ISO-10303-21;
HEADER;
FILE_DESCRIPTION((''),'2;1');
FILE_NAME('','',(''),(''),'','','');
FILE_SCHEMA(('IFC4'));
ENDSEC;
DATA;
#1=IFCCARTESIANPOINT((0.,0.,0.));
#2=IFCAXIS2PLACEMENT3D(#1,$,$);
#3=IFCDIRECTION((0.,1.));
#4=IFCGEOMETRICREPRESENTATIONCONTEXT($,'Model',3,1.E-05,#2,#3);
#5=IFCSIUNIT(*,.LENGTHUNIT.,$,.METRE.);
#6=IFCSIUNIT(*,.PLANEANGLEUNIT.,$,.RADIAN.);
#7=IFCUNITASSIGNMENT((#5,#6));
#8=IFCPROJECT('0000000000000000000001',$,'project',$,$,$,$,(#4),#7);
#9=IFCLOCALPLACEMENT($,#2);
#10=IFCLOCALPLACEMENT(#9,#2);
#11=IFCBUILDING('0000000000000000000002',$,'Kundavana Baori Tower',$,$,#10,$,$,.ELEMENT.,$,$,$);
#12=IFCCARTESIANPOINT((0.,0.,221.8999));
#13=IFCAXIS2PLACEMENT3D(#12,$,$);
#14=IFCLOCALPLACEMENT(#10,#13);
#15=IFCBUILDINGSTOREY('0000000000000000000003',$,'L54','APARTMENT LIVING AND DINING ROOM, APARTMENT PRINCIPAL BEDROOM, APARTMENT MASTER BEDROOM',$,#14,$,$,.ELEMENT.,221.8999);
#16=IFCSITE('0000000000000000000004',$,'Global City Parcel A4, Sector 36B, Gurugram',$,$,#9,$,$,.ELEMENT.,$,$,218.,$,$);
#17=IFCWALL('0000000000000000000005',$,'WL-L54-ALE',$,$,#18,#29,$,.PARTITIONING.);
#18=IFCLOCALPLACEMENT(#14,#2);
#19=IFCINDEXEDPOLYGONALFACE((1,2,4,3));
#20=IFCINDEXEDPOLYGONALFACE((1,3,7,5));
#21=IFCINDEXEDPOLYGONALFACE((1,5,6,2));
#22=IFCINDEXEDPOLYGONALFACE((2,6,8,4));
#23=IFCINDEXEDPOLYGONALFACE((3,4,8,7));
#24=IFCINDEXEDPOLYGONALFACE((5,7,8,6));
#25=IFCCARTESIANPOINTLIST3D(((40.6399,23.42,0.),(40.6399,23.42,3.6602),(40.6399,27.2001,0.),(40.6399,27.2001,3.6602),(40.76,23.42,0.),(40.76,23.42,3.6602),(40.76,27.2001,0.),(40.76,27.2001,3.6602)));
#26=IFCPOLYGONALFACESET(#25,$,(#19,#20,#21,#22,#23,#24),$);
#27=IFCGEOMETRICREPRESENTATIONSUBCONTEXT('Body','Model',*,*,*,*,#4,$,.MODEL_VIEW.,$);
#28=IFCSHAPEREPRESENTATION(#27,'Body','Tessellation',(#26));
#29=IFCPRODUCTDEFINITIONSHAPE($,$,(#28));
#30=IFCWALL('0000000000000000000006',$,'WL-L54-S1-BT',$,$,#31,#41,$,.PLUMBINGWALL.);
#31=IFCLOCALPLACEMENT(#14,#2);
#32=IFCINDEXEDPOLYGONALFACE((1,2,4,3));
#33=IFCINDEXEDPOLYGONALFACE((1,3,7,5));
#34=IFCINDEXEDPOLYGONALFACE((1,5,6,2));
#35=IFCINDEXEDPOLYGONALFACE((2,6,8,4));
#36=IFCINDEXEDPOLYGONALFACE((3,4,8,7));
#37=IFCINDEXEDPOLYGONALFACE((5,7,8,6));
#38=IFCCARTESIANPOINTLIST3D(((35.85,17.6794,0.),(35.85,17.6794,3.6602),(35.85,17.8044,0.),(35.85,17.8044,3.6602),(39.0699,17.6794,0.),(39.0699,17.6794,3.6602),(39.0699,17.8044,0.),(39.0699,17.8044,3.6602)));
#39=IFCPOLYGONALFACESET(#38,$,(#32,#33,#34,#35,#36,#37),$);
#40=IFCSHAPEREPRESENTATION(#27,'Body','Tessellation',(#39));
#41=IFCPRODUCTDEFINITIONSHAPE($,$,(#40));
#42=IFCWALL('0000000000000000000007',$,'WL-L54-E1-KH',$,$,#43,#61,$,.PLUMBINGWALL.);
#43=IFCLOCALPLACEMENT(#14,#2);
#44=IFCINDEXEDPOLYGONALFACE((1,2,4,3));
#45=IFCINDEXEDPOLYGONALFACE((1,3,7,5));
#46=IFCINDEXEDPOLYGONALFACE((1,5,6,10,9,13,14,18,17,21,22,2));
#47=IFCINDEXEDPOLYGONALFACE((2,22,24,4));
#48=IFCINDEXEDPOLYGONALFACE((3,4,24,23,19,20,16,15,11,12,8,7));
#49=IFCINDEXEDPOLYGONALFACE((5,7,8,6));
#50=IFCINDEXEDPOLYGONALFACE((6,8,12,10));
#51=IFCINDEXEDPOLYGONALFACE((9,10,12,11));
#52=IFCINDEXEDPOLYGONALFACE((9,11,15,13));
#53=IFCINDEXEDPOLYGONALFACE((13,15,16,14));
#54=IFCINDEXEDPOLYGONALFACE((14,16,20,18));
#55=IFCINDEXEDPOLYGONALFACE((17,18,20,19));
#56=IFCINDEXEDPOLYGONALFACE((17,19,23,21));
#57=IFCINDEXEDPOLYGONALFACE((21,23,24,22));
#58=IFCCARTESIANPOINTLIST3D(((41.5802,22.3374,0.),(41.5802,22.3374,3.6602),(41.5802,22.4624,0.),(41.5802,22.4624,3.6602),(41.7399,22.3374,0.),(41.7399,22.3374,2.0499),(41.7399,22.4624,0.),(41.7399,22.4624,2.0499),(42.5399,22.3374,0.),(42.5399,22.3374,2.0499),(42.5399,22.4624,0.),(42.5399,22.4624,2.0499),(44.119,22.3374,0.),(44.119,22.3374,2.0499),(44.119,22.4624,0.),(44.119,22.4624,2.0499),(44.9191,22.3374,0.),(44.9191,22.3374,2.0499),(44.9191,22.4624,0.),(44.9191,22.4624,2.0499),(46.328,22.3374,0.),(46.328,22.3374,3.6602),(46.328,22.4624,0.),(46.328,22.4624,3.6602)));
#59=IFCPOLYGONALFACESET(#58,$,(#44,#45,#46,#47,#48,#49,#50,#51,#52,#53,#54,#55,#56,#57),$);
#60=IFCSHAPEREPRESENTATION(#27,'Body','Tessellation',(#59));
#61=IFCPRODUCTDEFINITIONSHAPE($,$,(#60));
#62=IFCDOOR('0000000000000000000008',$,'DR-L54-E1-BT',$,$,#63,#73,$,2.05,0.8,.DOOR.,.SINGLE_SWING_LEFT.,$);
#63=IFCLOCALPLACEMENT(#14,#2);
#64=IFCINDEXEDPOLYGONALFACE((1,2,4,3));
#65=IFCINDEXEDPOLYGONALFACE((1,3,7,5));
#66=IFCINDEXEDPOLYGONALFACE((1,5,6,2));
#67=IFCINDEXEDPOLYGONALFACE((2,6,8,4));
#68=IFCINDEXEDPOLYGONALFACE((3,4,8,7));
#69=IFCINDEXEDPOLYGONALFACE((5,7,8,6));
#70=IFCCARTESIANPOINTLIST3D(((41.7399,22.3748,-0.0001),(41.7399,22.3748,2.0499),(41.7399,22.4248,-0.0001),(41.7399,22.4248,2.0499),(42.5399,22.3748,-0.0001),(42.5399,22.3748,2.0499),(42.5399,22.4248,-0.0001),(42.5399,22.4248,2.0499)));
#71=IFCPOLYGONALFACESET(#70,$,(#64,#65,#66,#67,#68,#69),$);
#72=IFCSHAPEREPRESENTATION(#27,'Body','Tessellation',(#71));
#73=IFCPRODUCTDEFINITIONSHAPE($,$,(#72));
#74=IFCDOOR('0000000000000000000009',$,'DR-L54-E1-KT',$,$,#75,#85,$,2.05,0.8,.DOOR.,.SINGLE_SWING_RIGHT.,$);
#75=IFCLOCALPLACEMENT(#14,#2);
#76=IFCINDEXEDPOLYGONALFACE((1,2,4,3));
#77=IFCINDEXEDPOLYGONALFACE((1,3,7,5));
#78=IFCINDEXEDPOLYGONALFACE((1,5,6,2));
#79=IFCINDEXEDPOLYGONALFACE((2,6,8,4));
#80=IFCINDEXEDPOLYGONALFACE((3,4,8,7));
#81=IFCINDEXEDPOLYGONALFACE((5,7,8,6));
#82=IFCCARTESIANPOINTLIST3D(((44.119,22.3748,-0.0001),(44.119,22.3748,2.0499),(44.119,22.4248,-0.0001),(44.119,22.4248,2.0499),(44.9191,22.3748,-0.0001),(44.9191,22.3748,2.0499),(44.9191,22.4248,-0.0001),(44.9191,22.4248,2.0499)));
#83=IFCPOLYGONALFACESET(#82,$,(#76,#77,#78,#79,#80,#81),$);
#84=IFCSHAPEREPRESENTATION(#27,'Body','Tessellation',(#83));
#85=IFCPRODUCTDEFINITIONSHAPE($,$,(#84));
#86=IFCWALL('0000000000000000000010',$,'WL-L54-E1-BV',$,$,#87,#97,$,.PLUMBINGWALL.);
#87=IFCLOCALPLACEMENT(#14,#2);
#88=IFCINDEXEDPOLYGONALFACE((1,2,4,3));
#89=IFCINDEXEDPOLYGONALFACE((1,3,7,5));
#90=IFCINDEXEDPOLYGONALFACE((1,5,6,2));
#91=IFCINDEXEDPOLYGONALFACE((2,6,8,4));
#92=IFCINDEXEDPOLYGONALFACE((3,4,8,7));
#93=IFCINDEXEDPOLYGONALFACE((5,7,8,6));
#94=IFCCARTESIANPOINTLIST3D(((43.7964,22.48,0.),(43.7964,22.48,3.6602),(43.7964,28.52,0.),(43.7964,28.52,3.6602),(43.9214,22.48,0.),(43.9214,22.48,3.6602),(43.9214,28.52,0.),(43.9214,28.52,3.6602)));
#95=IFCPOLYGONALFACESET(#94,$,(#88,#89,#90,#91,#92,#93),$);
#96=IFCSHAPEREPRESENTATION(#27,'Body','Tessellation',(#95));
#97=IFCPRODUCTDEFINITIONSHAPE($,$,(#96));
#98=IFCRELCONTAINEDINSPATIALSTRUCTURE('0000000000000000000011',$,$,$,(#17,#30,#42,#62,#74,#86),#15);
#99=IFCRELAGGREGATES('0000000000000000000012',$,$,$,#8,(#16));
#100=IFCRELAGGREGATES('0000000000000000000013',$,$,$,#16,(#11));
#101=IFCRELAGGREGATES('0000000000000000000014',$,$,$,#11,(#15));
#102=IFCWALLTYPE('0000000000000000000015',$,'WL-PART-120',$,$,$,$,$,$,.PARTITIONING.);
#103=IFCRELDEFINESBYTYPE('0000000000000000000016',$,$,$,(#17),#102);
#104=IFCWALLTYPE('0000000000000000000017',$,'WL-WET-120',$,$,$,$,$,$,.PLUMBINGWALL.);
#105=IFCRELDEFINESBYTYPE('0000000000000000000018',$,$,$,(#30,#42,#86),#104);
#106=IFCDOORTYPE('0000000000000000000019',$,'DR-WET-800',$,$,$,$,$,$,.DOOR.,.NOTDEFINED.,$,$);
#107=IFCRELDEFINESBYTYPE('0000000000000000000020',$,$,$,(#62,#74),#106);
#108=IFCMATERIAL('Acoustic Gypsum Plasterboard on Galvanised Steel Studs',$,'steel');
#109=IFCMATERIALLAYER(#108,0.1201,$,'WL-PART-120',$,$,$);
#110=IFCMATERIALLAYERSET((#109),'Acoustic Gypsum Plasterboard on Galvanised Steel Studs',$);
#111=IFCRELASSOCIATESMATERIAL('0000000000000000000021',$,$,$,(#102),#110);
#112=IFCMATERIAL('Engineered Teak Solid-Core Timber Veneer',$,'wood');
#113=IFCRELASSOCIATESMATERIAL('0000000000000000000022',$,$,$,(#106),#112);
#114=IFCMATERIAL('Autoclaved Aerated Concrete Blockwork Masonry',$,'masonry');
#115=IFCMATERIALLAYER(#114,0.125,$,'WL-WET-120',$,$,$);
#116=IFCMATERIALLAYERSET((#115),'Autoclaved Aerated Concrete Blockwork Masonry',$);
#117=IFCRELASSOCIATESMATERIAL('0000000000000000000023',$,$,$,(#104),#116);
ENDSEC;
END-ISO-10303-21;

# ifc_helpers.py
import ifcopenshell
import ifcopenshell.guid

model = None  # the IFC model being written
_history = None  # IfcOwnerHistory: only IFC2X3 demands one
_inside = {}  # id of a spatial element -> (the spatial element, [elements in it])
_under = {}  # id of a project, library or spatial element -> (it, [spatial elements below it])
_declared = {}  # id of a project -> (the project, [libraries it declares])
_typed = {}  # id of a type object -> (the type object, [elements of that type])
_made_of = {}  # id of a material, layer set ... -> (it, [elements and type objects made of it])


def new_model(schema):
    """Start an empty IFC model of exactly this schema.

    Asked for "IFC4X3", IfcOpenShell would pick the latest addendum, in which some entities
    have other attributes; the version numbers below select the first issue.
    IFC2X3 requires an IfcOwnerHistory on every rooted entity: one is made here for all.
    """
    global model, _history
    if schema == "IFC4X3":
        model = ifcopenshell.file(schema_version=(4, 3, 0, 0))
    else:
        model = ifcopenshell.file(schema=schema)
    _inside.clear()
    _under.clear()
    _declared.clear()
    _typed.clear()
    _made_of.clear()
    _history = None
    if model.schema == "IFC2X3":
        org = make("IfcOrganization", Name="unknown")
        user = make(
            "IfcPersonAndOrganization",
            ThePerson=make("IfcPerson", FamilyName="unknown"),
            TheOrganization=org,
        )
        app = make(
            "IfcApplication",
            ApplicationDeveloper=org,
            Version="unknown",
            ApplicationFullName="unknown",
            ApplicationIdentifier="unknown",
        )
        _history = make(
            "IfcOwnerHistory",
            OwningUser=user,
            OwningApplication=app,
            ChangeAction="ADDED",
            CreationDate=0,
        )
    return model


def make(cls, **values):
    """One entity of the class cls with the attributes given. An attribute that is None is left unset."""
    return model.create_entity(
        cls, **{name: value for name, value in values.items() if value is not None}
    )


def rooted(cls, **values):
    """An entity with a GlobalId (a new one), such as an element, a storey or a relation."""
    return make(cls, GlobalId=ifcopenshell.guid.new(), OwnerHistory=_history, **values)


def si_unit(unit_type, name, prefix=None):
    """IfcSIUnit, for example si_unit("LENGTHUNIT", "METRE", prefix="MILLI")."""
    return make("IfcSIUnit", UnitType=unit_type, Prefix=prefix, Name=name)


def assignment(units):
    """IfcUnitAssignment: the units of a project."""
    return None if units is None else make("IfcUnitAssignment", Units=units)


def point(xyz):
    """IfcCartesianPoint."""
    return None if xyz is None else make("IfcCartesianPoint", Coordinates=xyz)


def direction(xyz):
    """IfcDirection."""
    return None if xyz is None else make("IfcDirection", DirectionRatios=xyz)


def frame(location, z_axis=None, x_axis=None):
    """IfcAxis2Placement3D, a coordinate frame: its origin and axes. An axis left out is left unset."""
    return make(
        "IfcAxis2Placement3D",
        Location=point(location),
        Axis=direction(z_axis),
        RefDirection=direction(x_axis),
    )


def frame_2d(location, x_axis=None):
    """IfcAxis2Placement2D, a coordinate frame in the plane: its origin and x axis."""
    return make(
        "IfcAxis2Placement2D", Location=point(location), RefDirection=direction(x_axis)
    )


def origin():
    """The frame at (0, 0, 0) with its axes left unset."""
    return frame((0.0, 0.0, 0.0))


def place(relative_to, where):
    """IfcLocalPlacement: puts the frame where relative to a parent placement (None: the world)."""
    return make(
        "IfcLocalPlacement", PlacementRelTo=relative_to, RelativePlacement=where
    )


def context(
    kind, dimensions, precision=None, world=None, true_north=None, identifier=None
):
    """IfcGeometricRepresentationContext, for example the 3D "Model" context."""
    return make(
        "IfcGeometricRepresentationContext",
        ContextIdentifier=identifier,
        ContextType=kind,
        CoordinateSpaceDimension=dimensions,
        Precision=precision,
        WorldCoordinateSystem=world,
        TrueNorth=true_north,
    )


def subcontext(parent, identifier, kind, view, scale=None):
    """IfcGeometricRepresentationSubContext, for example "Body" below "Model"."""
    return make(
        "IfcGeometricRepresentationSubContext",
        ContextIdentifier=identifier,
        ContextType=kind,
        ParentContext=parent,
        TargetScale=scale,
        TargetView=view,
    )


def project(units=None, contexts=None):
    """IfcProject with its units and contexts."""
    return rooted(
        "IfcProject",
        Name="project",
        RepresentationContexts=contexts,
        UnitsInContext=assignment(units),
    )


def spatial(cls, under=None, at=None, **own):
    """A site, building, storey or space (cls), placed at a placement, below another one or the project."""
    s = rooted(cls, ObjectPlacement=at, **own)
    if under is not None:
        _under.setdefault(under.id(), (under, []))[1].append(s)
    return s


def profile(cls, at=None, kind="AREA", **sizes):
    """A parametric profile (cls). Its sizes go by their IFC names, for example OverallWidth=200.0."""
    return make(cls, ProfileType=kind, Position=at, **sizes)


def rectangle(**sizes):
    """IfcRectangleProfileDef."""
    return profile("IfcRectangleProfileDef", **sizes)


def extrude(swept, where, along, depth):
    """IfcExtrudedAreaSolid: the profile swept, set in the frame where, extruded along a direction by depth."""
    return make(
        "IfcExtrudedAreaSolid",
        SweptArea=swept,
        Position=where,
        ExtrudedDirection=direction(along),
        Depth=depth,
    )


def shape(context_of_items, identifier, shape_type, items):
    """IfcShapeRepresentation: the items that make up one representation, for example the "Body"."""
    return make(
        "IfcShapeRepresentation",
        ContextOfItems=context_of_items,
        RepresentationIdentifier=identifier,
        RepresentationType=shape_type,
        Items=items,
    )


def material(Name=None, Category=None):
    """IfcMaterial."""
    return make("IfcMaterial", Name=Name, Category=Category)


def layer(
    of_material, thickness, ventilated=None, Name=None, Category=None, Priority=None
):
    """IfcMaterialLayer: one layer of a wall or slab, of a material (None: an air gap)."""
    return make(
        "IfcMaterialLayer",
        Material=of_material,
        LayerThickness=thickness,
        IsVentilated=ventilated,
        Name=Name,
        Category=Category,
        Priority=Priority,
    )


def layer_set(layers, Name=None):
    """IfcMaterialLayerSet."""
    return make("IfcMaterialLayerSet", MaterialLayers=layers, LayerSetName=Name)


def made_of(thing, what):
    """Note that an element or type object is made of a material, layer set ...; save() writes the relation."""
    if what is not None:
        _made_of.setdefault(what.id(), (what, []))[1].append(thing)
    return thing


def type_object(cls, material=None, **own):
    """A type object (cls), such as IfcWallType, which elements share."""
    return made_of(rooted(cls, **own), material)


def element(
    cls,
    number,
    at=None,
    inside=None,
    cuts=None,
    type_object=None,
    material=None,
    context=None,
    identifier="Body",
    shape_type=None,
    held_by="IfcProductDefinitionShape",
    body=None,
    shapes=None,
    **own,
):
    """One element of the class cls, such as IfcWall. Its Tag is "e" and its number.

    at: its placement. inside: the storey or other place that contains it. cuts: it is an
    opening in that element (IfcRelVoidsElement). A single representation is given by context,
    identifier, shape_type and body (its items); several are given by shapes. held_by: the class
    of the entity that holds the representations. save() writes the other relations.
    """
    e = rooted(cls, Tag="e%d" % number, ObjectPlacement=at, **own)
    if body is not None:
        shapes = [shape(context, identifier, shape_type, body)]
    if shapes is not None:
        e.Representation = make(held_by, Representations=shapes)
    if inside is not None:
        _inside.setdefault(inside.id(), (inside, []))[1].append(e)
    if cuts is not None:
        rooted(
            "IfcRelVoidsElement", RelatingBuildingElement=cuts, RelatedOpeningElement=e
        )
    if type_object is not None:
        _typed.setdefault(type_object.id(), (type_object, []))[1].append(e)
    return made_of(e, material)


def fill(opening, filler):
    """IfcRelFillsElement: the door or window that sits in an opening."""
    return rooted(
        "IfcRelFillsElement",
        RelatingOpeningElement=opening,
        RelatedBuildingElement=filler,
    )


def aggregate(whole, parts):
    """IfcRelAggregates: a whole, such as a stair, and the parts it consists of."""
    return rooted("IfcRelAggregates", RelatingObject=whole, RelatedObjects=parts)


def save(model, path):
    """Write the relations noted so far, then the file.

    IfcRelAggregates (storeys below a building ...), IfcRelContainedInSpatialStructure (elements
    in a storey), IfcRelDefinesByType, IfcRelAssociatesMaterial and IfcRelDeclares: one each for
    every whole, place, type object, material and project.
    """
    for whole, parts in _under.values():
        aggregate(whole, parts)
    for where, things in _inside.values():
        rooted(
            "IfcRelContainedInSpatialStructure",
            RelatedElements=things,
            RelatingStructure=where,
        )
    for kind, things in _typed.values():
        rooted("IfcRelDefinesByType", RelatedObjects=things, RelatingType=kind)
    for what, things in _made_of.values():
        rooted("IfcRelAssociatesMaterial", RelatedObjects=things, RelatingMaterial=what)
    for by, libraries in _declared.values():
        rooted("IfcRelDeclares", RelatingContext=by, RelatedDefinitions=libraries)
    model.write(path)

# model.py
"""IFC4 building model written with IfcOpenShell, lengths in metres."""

from ifc_helpers import new_model, si_unit, direction, frame, frame_2d, origin, place, context, subcontext, project, spatial, rectangle, extrude, material, layer, layer_set, type_object, element, fill, save


model = new_model("IFC4")

# Units and contexts
model_context = context("Model", 3, precision=1e-05, world=origin(), true_north=direction((0.0, 1.0)))
body_context = subcontext(model_context, "Body", "Model", "MODEL_VIEW")
ifc_project = project(units=[si_unit("LENGTHUNIT", "METRE"), si_unit("PLANEANGLEUNIT", "RADIAN")], contexts=[model_context])

# Site, building, storey
site_placement = place(None, origin())
site = spatial("IfcSite", under=ifc_project, at=site_placement, Name="Global City Parcel A4, Sector 36B, Gurugram", CompositionType="ELEMENT", RefElevation=218.0)
building_placement = place(site_placement, origin())
building = spatial("IfcBuilding", under=site, at=building_placement, Name="Kundavana Baori Tower", CompositionType="ELEMENT")
storey_placement = place(building_placement, frame((0.0, 0.0, 221.8999)))
storey = spatial("IfcBuildingStorey", under=building, at=storey_placement, Name="L54", Description="APARTMENT LIVING AND DINING ROOM, APARTMENT PRINCIPAL BEDROOM, APARTMENT MASTER BEDROOM", CompositionType="ELEMENT", Elevation=221.8999)

# Shared definitions
ifc_material_1 = material(Name="Acoustic Gypsum Plasterboard on Galvanised Steel Studs", Category="steel")
ifc_layer_1 = layer(ifc_material_1, 0.1201, Name="WL-PART-120")
ifc_layer_set_1 = layer_set([ifc_layer_1], Name="Acoustic Gypsum Plasterboard on Galvanised Steel Studs")
wall_type_1 = type_object("IfcWallType", Name="WL-PART-120", PredefinedType="PARTITIONING", material=ifc_layer_set_1)

# Shared definitions
ifc_material_2 = material(Name="Engineered Teak Solid-Core Timber Veneer", Category="wood")
door_type_1 = type_object("IfcDoorType", Name="DR-WET-800", OperationType="NOTDEFINED", PredefinedType="DOOR", material=ifc_material_2)

# Walls
for number, where, z_axis, x_axis, name in (
    (1, (40.7, 23.4199, 0.0), (0.0, 0.0, 1.0), (0.0, 1.0, 0.0), "WL-L54-ALE"),
):
    element("IfcWall", number, at=place(storey_placement, frame(where, z_axis=z_axis, x_axis=x_axis)), inside=storey, type_object=wall_type_1, Name=name, PredefinedType="PARTITIONING", context=body_context, shape_type="SweptSolid", body=[
        extrude(rectangle(XDim=3.78, YDim=0.1201, at=frame_2d((1.8901, 0.0))), origin(), (0.0, 0.0, 1.0), 3.6602),
    ])
ifc_material_3 = material(Name="Autoclaved Aerated Concrete Blockwork Masonry", Category="masonry")
ifc_layer_2 = layer(ifc_material_3, 0.125, Name="WL-WET-120")
ifc_layer_set_2 = layer_set([ifc_layer_2], Name="Autoclaved Aerated Concrete Blockwork Masonry")
wall_type_2 = type_object("IfcWallType", Name="WL-WET-120", PredefinedType="PLUMBINGWALL", material=ifc_layer_set_2)
wall_1_placement = place(storey_placement, frame((35.8501, 17.7419, 0.0), z_axis=(0.0, 0.0, 1.0), x_axis=(1.0, 0.0, 0.0)))
element("IfcWall", 2, at=wall_1_placement, inside=storey, type_object=wall_type_2, Name="WL-L54-S1-BT", PredefinedType="PLUMBINGWALL", context=body_context, shape_type="SweptSolid", body=[
    extrude(rectangle(XDim=3.22, YDim=0.125, at=frame_2d((1.6099, 0.0))), origin(), (0.0, 0.0, 1.0), 3.6602),
])

# Wall, openings, doors
wall_2_placement = place(storey_placement, frame((41.5801, 22.3999, 0.0), z_axis=(0.0, 0.0, 1.0), x_axis=(1.0, 0.0, 0.0)))
wall_2 = element("IfcWall", 3, at=wall_2_placement, inside=storey, type_object=wall_type_2, Name="WL-L54-E1-KH", PredefinedType="PLUMBINGWALL", context=body_context, shape_type="SweptSolid", body=[
    extrude(rectangle(XDim=4.7478, YDim=0.125, at=frame_2d((2.374, 0.0))), origin(), (0.0, 0.0, 1.0), 3.6602),
])
opening_1_placement = place(wall_2_placement, frame((0.1599, 0.0, 0.0)))
opening_1 = element("IfcOpeningElement", 4, at=opening_1_placement, cuts=wall_2, PredefinedType="OPENING", context=body_context, shape_type="SweptSolid", body=[
    extrude(rectangle(XDim=0.8, YDim=2.05, at=frame_2d((0.3999, 1.0249))), frame((0.0, 0.0725, 0.0), z_axis=(0.0, -1.0, 0.0), x_axis=(1.0, 0.0, 0.0)), (0.0, 0.0, 1.0), 0.145),
])
opening_2_placement = place(wall_2_placement, frame((2.5391, 0.0, 0.0)))
opening_2 = element("IfcOpeningElement", 5, at=opening_2_placement, cuts=wall_2, PredefinedType="OPENING", context=body_context, shape_type="SweptSolid", body=[
    extrude(rectangle(XDim=0.8, YDim=2.05, at=frame_2d((0.3999, 1.0249))), frame((0.0, 0.0725, 0.0), z_axis=(0.0, -1.0, 0.0), x_axis=(1.0, 0.0, 0.0)), (0.0, 0.0, 1.0), 0.145),
])
door_1_placement = place(opening_1_placement, origin())
door_1 = element("IfcDoor", 6, at=door_1_placement, inside=storey, type_object=door_type_1, Name="DR-L54-E1-BT", OperationType="SINGLE_SWING_LEFT", OverallHeight=2.05, OverallWidth=0.8, PredefinedType="DOOR", context=body_context, shape_type="SweptSolid", body=[
    extrude(rectangle(XDim=0.8, YDim=2.05, at=frame_2d((0.3999, 1.0249))), frame((0.0, 0.0249, 0.0), z_axis=(0.0, -1.0, 0.0), x_axis=(1.0, 0.0, 0.0)), (0.0, 0.0, 1.0), 0.05),
])
fill(opening_1, door_1)
door_2_placement = place(opening_2_placement, origin())
door_2 = element("IfcDoor", 7, at=door_2_placement, inside=storey, type_object=door_type_1, Name="DR-L54-E1-KT", OperationType="SINGLE_SWING_RIGHT", OverallHeight=2.05, OverallWidth=0.8, PredefinedType="DOOR", context=body_context, shape_type="SweptSolid", body=[
    extrude(rectangle(XDim=0.8, YDim=2.05, at=frame_2d((0.3999, 1.0249))), frame((0.0, 0.0249, 0.0), z_axis=(0.0, -1.0, 0.0), x_axis=(1.0, 0.0, 0.0)), (0.0, 0.0, 1.0), 0.05),
])
fill(opening_2, door_2)

# Wall
wall_3_placement = place(storey_placement, frame((43.8589, 22.48, 0.0), z_axis=(0.0, 0.0, 1.0), x_axis=(0.0, 1.0, 0.0)))
element("IfcWall", 8, at=wall_3_placement, inside=storey, type_object=wall_type_2, Name="WL-L54-E1-BV", PredefinedType="PLUMBINGWALL", context=body_context, shape_type="SweptSolid", body=[
    extrude(rectangle(XDim=6.04, YDim=0.125, at=frame_2d((3.02, 0.0))), origin(), (0.0, 0.0, 1.0), 3.6602),
])

save(model, "model.ifc")
